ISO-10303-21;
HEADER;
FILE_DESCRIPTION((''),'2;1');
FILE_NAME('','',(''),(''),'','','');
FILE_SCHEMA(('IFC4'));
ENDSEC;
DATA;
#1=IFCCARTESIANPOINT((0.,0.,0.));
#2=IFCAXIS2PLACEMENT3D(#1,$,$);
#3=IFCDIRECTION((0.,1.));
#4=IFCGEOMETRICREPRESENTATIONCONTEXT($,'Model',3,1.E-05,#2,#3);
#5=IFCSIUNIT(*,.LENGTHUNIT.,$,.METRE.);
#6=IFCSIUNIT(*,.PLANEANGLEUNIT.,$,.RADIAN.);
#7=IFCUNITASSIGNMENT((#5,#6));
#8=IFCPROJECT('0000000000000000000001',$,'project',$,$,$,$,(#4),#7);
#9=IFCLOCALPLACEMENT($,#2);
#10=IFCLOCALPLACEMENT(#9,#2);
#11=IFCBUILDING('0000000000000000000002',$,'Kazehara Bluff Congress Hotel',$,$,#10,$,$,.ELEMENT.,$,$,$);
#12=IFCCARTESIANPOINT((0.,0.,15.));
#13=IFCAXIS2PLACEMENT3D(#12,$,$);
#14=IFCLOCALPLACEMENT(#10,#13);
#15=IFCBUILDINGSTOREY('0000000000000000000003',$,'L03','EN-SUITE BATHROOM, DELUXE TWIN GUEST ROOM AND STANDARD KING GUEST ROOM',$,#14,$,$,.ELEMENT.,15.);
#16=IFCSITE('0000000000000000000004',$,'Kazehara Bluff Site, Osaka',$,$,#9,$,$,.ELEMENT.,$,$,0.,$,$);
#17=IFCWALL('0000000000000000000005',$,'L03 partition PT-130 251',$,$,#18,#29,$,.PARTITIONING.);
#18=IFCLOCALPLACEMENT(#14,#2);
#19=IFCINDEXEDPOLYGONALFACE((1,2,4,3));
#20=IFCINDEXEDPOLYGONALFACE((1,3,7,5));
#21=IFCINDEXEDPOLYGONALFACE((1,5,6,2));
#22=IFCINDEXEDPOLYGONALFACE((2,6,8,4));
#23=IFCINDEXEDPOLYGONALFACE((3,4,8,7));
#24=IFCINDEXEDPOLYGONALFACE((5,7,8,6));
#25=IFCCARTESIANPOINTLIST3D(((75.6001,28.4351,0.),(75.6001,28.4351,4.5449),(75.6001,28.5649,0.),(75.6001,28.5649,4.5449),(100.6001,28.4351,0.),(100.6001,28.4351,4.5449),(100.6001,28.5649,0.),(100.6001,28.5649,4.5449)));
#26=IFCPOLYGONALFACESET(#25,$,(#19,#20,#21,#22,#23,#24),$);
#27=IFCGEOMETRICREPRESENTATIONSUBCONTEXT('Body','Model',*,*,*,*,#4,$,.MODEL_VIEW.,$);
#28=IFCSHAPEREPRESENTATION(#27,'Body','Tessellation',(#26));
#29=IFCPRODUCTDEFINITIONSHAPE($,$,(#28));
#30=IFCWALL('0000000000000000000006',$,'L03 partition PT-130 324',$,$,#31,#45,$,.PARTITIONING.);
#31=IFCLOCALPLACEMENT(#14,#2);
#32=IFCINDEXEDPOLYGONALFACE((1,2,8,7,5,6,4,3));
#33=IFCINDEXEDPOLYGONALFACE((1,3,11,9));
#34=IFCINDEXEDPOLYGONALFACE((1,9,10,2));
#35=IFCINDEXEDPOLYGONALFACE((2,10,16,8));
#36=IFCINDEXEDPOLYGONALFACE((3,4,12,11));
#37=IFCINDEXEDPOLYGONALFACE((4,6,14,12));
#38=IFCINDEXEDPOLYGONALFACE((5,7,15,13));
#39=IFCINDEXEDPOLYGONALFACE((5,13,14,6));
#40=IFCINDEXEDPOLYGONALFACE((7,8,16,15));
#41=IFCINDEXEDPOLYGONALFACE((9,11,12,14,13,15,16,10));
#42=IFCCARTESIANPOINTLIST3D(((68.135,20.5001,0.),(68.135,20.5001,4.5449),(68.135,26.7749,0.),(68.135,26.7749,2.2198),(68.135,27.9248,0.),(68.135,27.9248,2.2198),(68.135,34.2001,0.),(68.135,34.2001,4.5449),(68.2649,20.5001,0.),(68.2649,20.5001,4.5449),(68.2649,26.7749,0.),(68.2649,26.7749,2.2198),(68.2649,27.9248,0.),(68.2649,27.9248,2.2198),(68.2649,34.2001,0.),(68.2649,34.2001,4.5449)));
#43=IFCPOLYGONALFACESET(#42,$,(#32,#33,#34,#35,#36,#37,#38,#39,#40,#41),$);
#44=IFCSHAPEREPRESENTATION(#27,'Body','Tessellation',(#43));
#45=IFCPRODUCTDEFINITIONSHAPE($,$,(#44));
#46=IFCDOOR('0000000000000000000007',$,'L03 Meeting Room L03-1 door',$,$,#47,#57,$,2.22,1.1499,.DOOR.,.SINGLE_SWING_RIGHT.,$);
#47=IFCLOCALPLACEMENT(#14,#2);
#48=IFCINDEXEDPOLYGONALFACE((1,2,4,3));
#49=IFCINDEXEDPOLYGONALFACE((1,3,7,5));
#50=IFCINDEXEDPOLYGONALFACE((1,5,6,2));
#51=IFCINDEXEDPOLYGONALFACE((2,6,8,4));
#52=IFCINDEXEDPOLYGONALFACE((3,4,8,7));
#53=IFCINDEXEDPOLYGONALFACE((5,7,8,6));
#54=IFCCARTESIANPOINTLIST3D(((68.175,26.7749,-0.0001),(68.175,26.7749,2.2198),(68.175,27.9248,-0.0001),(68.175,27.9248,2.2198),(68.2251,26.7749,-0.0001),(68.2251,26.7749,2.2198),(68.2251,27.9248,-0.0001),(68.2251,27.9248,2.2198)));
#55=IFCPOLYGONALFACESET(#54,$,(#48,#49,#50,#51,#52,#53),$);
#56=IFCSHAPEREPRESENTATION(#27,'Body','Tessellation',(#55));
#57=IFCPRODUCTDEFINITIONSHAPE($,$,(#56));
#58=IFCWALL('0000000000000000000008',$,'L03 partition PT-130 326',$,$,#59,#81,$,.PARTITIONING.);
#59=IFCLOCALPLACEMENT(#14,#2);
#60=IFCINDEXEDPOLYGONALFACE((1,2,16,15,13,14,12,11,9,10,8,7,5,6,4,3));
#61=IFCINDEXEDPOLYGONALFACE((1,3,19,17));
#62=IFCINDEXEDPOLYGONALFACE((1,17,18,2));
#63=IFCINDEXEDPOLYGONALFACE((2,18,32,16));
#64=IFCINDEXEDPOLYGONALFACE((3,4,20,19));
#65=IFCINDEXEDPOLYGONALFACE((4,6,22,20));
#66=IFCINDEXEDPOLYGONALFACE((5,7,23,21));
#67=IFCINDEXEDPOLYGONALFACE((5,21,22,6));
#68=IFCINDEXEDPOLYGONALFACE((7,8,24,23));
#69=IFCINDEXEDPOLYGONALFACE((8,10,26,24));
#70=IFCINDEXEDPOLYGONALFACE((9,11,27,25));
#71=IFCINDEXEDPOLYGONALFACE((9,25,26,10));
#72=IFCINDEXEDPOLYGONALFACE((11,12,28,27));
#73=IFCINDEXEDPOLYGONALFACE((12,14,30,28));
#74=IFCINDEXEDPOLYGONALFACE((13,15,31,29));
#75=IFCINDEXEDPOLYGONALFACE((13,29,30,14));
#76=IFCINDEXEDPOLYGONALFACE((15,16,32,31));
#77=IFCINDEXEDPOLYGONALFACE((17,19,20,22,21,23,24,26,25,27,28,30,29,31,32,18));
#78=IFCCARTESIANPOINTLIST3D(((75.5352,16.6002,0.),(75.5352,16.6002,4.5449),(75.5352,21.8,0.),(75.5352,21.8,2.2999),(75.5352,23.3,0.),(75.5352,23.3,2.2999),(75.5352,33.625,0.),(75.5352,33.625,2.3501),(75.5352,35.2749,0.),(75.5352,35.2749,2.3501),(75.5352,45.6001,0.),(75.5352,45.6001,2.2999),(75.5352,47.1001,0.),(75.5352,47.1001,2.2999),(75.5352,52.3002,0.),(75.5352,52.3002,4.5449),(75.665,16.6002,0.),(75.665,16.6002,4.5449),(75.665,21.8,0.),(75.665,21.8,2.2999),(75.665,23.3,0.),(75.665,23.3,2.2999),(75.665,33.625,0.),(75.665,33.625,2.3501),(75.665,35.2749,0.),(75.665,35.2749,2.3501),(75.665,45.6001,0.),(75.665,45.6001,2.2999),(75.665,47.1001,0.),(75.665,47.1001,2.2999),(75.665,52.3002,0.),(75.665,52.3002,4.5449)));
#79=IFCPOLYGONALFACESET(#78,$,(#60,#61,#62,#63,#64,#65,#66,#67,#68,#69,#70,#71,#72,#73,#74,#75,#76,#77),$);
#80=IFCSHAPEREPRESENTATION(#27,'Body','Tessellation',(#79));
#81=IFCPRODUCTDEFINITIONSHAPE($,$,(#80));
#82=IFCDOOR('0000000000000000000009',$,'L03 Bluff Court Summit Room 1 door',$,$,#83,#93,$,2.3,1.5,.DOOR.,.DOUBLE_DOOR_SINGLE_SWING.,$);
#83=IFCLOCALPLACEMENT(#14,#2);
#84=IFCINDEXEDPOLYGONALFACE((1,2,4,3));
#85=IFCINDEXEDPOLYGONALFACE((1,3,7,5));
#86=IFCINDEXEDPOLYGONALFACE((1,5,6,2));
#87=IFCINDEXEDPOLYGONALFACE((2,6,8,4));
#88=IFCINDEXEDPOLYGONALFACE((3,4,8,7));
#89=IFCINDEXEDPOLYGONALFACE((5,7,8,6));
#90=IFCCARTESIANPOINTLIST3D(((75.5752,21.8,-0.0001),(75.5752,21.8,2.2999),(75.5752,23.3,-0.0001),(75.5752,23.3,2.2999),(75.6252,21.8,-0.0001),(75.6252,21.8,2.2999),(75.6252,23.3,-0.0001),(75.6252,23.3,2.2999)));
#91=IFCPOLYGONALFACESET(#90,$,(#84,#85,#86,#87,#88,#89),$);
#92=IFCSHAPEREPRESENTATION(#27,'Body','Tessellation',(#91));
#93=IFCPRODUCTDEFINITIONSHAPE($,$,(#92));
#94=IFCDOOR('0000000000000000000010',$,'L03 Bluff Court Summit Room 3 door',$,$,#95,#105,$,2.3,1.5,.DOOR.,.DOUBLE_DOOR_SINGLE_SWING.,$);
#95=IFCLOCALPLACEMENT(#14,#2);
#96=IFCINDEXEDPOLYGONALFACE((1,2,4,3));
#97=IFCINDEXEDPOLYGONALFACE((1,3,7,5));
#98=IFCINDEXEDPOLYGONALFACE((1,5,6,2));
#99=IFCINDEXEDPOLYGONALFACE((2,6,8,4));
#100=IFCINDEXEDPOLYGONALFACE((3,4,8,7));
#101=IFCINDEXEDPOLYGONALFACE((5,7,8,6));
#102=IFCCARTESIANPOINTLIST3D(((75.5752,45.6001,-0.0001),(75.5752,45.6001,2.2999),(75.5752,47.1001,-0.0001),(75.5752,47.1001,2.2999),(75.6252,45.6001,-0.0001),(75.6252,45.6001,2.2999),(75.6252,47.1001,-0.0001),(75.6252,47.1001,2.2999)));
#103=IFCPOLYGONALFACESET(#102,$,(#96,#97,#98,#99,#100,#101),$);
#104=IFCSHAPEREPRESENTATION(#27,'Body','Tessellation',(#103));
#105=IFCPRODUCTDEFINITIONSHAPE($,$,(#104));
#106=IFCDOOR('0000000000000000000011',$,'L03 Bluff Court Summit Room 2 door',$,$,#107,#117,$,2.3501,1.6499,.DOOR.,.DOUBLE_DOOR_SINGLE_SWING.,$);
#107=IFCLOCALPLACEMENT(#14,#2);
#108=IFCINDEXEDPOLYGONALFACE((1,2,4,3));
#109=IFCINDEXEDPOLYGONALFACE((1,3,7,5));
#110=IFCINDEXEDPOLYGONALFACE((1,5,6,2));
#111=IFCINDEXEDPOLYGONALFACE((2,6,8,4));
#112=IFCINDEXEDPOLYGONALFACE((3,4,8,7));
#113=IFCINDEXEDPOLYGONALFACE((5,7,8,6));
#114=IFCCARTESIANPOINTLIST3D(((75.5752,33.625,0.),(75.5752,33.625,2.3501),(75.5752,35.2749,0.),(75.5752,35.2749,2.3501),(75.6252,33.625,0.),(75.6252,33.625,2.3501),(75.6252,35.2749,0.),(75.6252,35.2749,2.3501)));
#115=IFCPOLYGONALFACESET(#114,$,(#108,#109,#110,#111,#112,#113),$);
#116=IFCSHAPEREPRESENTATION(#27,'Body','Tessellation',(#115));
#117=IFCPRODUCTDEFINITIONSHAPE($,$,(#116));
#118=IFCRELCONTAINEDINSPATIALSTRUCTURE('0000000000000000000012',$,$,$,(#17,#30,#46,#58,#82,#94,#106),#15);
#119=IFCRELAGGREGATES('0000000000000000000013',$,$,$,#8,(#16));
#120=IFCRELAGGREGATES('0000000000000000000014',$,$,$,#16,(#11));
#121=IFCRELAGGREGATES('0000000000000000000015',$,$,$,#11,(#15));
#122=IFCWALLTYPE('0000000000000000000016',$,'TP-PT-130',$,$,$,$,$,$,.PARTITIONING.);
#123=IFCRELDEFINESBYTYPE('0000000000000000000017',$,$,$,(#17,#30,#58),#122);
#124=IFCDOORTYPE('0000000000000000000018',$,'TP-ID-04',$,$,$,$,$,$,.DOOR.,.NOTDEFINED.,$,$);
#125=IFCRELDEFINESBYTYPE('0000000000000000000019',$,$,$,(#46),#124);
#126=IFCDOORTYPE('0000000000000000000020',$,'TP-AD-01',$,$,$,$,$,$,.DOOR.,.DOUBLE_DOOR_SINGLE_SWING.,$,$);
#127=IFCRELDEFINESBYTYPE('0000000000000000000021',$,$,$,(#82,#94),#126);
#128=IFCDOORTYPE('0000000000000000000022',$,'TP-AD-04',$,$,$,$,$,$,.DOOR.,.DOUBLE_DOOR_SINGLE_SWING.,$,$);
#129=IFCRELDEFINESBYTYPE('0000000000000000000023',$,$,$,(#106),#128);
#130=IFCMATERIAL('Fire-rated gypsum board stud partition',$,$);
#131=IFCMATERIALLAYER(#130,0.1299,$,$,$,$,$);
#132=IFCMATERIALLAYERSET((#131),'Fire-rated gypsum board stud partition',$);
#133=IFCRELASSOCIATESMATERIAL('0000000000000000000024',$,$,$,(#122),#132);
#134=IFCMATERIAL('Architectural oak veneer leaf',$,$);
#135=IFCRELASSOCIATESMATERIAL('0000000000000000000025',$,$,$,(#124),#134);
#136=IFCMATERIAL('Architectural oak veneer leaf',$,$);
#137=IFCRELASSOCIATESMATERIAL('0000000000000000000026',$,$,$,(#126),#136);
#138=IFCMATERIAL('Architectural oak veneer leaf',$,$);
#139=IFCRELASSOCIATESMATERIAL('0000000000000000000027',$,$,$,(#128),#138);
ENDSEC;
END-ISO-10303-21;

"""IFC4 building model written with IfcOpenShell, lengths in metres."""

from ifc_helpers import new_model, si_unit, direction, frame, frame_2d, origin, place, context, subcontext, project, spatial, rectangle, extrude, material, layer, layer_set, type_object, element, fill, save


model = new_model("IFC4")

# Units and contexts
model_context = context("Model", 3, precision=1e-05, world=origin(), true_north=direction((0.0, 1.0)))
body_context = subcontext(model_context, "Body", "Model", "MODEL_VIEW")
ifc_project = project(units=[si_unit("LENGTHUNIT", "METRE"), si_unit("PLANEANGLEUNIT", "RADIAN")], contexts=[model_context])

# Site, building, storey
site_placement = place(None, origin())
site = spatial("IfcSite", under=ifc_project, at=site_placement, Name="Kazehara Bluff Site, Osaka", CompositionType="ELEMENT", RefElevation=0.0)
building_placement = place(site_placement, origin())
building = spatial("IfcBuilding", under=site, at=building_placement, Name="Kazehara Bluff Congress Hotel", CompositionType="ELEMENT")
storey_placement = place(building_placement, frame((0.0, 0.0, 15.0)))
storey = spatial("IfcBuildingStorey", under=building, at=storey_placement, Name="L03", Description="EN-SUITE BATHROOM, DELUXE TWIN GUEST ROOM AND STANDARD KING GUEST ROOM", CompositionType="ELEMENT", Elevation=15.0)

# Wall
ifc_material_1 = material(Name="Fire-rated gypsum board stud partition")
ifc_layer_1 = layer(ifc_material_1, 0.1299)
ifc_layer_set_1 = layer_set([ifc_layer_1], Name="Fire-rated gypsum board stud partition")
wall_type_1 = type_object("IfcWallType", Name="TP-PT-130", PredefinedType="PARTITIONING", material=ifc_layer_set_1)
wall_1_placement = place(storey_placement, frame((75.6001, 28.5, 0.0), z_axis=(0.0, 0.0, 1.0), x_axis=(1.0, 0.0, 0.0)))
element("IfcWall", 1, at=wall_1_placement, inside=storey, type_object=wall_type_1, Name="L03 partition PT-130 251", PredefinedType="PARTITIONING", context=body_context, shape_type="SweptSolid", body=[
    extrude(rectangle(XDim=25.0, YDim=0.1299, at=frame_2d((12.5, 0.0))), origin(), (0.0, 0.0, 1.0), 4.5449),
])

# Wall, opening, door
wall_2_placement = place(storey_placement, frame((68.2, 20.5, 0.0), z_axis=(0.0, 0.0, 1.0), x_axis=(0.0, 1.0, 0.0)))
wall_2 = element("IfcWall", 2, at=wall_2_placement, inside=storey, type_object=wall_type_1, Name="L03 partition PT-130 324", PredefinedType="PARTITIONING", context=body_context, shape_type="SweptSolid", body=[
    extrude(rectangle(XDim=13.7, YDim=0.1299, at=frame_2d((6.8501, 0.0))), origin(), (0.0, 0.0, 1.0), 4.5449),
])
opening_1_placement = place(wall_2_placement, frame((6.2749, 0.0, 0.0)))
opening_1 = element("IfcOpeningElement", 3, at=opening_1_placement, cuts=wall_2, PredefinedType="OPENING", context=body_context, shape_type="SweptSolid", body=[
    extrude(rectangle(XDim=1.1499, YDim=2.22, at=frame_2d((0.575, 1.1099))), frame((0.0, 0.075, 0.0), z_axis=(0.0, -1.0, 0.0), x_axis=(1.0, 0.0, 0.0)), (0.0, 0.0, 1.0), 0.1499),
])
ifc_material_2 = material(Name="Architectural oak veneer leaf")
door_type_1 = type_object("IfcDoorType", Name="TP-ID-04", OperationType="NOTDEFINED", PredefinedType="DOOR", material=ifc_material_2)
door_1_placement = place(opening_1_placement, origin())
door_1 = element("IfcDoor", 4, at=door_1_placement, inside=storey, type_object=door_type_1, Name="L03 Meeting Room L03-1 door", OperationType="SINGLE_SWING_RIGHT", OverallHeight=2.22, OverallWidth=1.1499, PredefinedType="DOOR", context=body_context, shape_type="SweptSolid", body=[
    extrude(rectangle(XDim=1.1499, YDim=2.22, at=frame_2d((0.575, 1.1099))), frame((0.0, 0.0249, 0.0), z_axis=(0.0, -1.0, 0.0), x_axis=(1.0, 0.0, 0.0)), (0.0, 0.0, 1.0), 0.05),
])
fill(opening_1, door_1)

# Wall, openings, doors
wall_3_placement = place(storey_placement, frame((75.6001, 16.6001, 0.0), z_axis=(0.0, 0.0, 1.0), x_axis=(0.0, 1.0, 0.0)))
wall_3 = element("IfcWall", 5, at=wall_3_placement, inside=storey, type_object=wall_type_1, Name="L03 partition PT-130 326", PredefinedType="PARTITIONING", context=body_context, shape_type="SweptSolid", body=[
    extrude(rectangle(XDim=35.7, YDim=0.1299, at=frame_2d((17.8501, 0.0))), origin(), (0.0, 0.0, 1.0), 4.5449),
])
opening_2_placement = place(wall_3_placement, frame((5.2, 0.0, 0.0)))
opening_2 = element("IfcOpeningElement", 6, at=opening_2_placement, cuts=wall_3, PredefinedType="OPENING", context=body_context, shape_type="SweptSolid", body=[
    extrude(rectangle(XDim=1.5, YDim=2.3, at=frame_2d((0.75, 1.1499))), frame((0.0, 0.075, 0.0), z_axis=(0.0, -1.0, 0.0), x_axis=(1.0, 0.0, 0.0)), (0.0, 0.0, 1.0), 0.1499),
])
opening_3_placement = place(wall_3_placement, frame((17.0249, 0.0, 0.0)))
opening_3 = element("IfcOpeningElement", 7, at=opening_3_placement, cuts=wall_3, PredefinedType="OPENING", context=body_context, shape_type="SweptSolid", body=[
    extrude(rectangle(XDim=1.6499, YDim=2.3501, at=frame_2d((0.825, 1.175))), frame((0.0, 0.075, 0.0), z_axis=(0.0, -1.0, 0.0), x_axis=(1.0, 0.0, 0.0)), (0.0, 0.0, 1.0), 0.1499),
])
opening_4_placement = place(wall_3_placement, frame((29.0, 0.0, 0.0)))
opening_4 = element("IfcOpeningElement", 8, at=opening_4_placement, cuts=wall_3, PredefinedType="OPENING", context=body_context, shape_type="SweptSolid", body=[
    extrude(rectangle(XDim=1.5, YDim=2.3, at=frame_2d((0.75, 1.1499))), frame((0.0, 0.075, 0.0), z_axis=(0.0, -1.0, 0.0), x_axis=(1.0, 0.0, 0.0)), (0.0, 0.0, 1.0), 0.1499),
])
ifc_material_3 = material(Name="Architectural oak veneer leaf")
door_type_2 = type_object("IfcDoorType", Name="TP-AD-01", OperationType="DOUBLE_DOOR_SINGLE_SWING", PredefinedType="DOOR", material=ifc_material_3)
door_2_placement = place(opening_2_placement, origin())
door_2 = element("IfcDoor", 9, at=door_2_placement, inside=storey, type_object=door_type_2, Name="L03 Bluff Court Summit Room 1 door", OperationType="DOUBLE_DOOR_SINGLE_SWING", OverallHeight=2.3, OverallWidth=1.5, PredefinedType="DOOR", context=body_context, shape_type="SweptSolid", body=[
    extrude(rectangle(XDim=1.5, YDim=2.3, at=frame_2d((0.75, 1.1499))), frame((0.0, 0.0249, 0.0), z_axis=(0.0, -1.0, 0.0), x_axis=(1.0, 0.0, 0.0)), (0.0, 0.0, 1.0), 0.05),
])
fill(opening_2, door_2)
door_3_placement = place(opening_4_placement, origin())
door_3 = element("IfcDoor", 10, at=door_3_placement, inside=storey, type_object=door_type_2, Name="L03 Bluff Court Summit Room 3 door", OperationType="DOUBLE_DOOR_SINGLE_SWING", OverallHeight=2.3, OverallWidth=1.5, PredefinedType="DOOR", context=body_context, shape_type="SweptSolid", body=[
    extrude(rectangle(XDim=1.5, YDim=2.3, at=frame_2d((0.75, 1.1499))), frame((0.0, 0.0249, 0.0), z_axis=(0.0, -1.0, 0.0), x_axis=(1.0, 0.0, 0.0)), (0.0, 0.0, 1.0), 0.05),
])
fill(opening_4, door_3)
ifc_material_4 = material(Name="Architectural oak veneer leaf")
door_type_3 = type_object("IfcDoorType", Name="TP-AD-04", OperationType="DOUBLE_DOOR_SINGLE_SWING", PredefinedType="DOOR", material=ifc_material_4)
door_4_placement = place(opening_3_placement, origin())
door_4 = element("IfcDoor", 11, at=door_4_placement, inside=storey, type_object=door_type_3, Name="L03 Bluff Court Summit Room 2 door", OperationType="DOUBLE_DOOR_SINGLE_SWING", OverallHeight=2.3501, OverallWidth=1.6499, PredefinedType="DOOR", context=body_context, shape_type="SweptSolid", body=[
    extrude(rectangle(XDim=1.6499, YDim=2.3501, at=frame_2d((0.825, 1.175))), frame((0.0, 0.0249, 0.0), z_axis=(0.0, -1.0, 0.0), x_axis=(1.0, 0.0, 0.0)), (0.0, 0.0, 1.0), 0.05),
])
fill(opening_3, door_4)

save(model, "model.ifc")
